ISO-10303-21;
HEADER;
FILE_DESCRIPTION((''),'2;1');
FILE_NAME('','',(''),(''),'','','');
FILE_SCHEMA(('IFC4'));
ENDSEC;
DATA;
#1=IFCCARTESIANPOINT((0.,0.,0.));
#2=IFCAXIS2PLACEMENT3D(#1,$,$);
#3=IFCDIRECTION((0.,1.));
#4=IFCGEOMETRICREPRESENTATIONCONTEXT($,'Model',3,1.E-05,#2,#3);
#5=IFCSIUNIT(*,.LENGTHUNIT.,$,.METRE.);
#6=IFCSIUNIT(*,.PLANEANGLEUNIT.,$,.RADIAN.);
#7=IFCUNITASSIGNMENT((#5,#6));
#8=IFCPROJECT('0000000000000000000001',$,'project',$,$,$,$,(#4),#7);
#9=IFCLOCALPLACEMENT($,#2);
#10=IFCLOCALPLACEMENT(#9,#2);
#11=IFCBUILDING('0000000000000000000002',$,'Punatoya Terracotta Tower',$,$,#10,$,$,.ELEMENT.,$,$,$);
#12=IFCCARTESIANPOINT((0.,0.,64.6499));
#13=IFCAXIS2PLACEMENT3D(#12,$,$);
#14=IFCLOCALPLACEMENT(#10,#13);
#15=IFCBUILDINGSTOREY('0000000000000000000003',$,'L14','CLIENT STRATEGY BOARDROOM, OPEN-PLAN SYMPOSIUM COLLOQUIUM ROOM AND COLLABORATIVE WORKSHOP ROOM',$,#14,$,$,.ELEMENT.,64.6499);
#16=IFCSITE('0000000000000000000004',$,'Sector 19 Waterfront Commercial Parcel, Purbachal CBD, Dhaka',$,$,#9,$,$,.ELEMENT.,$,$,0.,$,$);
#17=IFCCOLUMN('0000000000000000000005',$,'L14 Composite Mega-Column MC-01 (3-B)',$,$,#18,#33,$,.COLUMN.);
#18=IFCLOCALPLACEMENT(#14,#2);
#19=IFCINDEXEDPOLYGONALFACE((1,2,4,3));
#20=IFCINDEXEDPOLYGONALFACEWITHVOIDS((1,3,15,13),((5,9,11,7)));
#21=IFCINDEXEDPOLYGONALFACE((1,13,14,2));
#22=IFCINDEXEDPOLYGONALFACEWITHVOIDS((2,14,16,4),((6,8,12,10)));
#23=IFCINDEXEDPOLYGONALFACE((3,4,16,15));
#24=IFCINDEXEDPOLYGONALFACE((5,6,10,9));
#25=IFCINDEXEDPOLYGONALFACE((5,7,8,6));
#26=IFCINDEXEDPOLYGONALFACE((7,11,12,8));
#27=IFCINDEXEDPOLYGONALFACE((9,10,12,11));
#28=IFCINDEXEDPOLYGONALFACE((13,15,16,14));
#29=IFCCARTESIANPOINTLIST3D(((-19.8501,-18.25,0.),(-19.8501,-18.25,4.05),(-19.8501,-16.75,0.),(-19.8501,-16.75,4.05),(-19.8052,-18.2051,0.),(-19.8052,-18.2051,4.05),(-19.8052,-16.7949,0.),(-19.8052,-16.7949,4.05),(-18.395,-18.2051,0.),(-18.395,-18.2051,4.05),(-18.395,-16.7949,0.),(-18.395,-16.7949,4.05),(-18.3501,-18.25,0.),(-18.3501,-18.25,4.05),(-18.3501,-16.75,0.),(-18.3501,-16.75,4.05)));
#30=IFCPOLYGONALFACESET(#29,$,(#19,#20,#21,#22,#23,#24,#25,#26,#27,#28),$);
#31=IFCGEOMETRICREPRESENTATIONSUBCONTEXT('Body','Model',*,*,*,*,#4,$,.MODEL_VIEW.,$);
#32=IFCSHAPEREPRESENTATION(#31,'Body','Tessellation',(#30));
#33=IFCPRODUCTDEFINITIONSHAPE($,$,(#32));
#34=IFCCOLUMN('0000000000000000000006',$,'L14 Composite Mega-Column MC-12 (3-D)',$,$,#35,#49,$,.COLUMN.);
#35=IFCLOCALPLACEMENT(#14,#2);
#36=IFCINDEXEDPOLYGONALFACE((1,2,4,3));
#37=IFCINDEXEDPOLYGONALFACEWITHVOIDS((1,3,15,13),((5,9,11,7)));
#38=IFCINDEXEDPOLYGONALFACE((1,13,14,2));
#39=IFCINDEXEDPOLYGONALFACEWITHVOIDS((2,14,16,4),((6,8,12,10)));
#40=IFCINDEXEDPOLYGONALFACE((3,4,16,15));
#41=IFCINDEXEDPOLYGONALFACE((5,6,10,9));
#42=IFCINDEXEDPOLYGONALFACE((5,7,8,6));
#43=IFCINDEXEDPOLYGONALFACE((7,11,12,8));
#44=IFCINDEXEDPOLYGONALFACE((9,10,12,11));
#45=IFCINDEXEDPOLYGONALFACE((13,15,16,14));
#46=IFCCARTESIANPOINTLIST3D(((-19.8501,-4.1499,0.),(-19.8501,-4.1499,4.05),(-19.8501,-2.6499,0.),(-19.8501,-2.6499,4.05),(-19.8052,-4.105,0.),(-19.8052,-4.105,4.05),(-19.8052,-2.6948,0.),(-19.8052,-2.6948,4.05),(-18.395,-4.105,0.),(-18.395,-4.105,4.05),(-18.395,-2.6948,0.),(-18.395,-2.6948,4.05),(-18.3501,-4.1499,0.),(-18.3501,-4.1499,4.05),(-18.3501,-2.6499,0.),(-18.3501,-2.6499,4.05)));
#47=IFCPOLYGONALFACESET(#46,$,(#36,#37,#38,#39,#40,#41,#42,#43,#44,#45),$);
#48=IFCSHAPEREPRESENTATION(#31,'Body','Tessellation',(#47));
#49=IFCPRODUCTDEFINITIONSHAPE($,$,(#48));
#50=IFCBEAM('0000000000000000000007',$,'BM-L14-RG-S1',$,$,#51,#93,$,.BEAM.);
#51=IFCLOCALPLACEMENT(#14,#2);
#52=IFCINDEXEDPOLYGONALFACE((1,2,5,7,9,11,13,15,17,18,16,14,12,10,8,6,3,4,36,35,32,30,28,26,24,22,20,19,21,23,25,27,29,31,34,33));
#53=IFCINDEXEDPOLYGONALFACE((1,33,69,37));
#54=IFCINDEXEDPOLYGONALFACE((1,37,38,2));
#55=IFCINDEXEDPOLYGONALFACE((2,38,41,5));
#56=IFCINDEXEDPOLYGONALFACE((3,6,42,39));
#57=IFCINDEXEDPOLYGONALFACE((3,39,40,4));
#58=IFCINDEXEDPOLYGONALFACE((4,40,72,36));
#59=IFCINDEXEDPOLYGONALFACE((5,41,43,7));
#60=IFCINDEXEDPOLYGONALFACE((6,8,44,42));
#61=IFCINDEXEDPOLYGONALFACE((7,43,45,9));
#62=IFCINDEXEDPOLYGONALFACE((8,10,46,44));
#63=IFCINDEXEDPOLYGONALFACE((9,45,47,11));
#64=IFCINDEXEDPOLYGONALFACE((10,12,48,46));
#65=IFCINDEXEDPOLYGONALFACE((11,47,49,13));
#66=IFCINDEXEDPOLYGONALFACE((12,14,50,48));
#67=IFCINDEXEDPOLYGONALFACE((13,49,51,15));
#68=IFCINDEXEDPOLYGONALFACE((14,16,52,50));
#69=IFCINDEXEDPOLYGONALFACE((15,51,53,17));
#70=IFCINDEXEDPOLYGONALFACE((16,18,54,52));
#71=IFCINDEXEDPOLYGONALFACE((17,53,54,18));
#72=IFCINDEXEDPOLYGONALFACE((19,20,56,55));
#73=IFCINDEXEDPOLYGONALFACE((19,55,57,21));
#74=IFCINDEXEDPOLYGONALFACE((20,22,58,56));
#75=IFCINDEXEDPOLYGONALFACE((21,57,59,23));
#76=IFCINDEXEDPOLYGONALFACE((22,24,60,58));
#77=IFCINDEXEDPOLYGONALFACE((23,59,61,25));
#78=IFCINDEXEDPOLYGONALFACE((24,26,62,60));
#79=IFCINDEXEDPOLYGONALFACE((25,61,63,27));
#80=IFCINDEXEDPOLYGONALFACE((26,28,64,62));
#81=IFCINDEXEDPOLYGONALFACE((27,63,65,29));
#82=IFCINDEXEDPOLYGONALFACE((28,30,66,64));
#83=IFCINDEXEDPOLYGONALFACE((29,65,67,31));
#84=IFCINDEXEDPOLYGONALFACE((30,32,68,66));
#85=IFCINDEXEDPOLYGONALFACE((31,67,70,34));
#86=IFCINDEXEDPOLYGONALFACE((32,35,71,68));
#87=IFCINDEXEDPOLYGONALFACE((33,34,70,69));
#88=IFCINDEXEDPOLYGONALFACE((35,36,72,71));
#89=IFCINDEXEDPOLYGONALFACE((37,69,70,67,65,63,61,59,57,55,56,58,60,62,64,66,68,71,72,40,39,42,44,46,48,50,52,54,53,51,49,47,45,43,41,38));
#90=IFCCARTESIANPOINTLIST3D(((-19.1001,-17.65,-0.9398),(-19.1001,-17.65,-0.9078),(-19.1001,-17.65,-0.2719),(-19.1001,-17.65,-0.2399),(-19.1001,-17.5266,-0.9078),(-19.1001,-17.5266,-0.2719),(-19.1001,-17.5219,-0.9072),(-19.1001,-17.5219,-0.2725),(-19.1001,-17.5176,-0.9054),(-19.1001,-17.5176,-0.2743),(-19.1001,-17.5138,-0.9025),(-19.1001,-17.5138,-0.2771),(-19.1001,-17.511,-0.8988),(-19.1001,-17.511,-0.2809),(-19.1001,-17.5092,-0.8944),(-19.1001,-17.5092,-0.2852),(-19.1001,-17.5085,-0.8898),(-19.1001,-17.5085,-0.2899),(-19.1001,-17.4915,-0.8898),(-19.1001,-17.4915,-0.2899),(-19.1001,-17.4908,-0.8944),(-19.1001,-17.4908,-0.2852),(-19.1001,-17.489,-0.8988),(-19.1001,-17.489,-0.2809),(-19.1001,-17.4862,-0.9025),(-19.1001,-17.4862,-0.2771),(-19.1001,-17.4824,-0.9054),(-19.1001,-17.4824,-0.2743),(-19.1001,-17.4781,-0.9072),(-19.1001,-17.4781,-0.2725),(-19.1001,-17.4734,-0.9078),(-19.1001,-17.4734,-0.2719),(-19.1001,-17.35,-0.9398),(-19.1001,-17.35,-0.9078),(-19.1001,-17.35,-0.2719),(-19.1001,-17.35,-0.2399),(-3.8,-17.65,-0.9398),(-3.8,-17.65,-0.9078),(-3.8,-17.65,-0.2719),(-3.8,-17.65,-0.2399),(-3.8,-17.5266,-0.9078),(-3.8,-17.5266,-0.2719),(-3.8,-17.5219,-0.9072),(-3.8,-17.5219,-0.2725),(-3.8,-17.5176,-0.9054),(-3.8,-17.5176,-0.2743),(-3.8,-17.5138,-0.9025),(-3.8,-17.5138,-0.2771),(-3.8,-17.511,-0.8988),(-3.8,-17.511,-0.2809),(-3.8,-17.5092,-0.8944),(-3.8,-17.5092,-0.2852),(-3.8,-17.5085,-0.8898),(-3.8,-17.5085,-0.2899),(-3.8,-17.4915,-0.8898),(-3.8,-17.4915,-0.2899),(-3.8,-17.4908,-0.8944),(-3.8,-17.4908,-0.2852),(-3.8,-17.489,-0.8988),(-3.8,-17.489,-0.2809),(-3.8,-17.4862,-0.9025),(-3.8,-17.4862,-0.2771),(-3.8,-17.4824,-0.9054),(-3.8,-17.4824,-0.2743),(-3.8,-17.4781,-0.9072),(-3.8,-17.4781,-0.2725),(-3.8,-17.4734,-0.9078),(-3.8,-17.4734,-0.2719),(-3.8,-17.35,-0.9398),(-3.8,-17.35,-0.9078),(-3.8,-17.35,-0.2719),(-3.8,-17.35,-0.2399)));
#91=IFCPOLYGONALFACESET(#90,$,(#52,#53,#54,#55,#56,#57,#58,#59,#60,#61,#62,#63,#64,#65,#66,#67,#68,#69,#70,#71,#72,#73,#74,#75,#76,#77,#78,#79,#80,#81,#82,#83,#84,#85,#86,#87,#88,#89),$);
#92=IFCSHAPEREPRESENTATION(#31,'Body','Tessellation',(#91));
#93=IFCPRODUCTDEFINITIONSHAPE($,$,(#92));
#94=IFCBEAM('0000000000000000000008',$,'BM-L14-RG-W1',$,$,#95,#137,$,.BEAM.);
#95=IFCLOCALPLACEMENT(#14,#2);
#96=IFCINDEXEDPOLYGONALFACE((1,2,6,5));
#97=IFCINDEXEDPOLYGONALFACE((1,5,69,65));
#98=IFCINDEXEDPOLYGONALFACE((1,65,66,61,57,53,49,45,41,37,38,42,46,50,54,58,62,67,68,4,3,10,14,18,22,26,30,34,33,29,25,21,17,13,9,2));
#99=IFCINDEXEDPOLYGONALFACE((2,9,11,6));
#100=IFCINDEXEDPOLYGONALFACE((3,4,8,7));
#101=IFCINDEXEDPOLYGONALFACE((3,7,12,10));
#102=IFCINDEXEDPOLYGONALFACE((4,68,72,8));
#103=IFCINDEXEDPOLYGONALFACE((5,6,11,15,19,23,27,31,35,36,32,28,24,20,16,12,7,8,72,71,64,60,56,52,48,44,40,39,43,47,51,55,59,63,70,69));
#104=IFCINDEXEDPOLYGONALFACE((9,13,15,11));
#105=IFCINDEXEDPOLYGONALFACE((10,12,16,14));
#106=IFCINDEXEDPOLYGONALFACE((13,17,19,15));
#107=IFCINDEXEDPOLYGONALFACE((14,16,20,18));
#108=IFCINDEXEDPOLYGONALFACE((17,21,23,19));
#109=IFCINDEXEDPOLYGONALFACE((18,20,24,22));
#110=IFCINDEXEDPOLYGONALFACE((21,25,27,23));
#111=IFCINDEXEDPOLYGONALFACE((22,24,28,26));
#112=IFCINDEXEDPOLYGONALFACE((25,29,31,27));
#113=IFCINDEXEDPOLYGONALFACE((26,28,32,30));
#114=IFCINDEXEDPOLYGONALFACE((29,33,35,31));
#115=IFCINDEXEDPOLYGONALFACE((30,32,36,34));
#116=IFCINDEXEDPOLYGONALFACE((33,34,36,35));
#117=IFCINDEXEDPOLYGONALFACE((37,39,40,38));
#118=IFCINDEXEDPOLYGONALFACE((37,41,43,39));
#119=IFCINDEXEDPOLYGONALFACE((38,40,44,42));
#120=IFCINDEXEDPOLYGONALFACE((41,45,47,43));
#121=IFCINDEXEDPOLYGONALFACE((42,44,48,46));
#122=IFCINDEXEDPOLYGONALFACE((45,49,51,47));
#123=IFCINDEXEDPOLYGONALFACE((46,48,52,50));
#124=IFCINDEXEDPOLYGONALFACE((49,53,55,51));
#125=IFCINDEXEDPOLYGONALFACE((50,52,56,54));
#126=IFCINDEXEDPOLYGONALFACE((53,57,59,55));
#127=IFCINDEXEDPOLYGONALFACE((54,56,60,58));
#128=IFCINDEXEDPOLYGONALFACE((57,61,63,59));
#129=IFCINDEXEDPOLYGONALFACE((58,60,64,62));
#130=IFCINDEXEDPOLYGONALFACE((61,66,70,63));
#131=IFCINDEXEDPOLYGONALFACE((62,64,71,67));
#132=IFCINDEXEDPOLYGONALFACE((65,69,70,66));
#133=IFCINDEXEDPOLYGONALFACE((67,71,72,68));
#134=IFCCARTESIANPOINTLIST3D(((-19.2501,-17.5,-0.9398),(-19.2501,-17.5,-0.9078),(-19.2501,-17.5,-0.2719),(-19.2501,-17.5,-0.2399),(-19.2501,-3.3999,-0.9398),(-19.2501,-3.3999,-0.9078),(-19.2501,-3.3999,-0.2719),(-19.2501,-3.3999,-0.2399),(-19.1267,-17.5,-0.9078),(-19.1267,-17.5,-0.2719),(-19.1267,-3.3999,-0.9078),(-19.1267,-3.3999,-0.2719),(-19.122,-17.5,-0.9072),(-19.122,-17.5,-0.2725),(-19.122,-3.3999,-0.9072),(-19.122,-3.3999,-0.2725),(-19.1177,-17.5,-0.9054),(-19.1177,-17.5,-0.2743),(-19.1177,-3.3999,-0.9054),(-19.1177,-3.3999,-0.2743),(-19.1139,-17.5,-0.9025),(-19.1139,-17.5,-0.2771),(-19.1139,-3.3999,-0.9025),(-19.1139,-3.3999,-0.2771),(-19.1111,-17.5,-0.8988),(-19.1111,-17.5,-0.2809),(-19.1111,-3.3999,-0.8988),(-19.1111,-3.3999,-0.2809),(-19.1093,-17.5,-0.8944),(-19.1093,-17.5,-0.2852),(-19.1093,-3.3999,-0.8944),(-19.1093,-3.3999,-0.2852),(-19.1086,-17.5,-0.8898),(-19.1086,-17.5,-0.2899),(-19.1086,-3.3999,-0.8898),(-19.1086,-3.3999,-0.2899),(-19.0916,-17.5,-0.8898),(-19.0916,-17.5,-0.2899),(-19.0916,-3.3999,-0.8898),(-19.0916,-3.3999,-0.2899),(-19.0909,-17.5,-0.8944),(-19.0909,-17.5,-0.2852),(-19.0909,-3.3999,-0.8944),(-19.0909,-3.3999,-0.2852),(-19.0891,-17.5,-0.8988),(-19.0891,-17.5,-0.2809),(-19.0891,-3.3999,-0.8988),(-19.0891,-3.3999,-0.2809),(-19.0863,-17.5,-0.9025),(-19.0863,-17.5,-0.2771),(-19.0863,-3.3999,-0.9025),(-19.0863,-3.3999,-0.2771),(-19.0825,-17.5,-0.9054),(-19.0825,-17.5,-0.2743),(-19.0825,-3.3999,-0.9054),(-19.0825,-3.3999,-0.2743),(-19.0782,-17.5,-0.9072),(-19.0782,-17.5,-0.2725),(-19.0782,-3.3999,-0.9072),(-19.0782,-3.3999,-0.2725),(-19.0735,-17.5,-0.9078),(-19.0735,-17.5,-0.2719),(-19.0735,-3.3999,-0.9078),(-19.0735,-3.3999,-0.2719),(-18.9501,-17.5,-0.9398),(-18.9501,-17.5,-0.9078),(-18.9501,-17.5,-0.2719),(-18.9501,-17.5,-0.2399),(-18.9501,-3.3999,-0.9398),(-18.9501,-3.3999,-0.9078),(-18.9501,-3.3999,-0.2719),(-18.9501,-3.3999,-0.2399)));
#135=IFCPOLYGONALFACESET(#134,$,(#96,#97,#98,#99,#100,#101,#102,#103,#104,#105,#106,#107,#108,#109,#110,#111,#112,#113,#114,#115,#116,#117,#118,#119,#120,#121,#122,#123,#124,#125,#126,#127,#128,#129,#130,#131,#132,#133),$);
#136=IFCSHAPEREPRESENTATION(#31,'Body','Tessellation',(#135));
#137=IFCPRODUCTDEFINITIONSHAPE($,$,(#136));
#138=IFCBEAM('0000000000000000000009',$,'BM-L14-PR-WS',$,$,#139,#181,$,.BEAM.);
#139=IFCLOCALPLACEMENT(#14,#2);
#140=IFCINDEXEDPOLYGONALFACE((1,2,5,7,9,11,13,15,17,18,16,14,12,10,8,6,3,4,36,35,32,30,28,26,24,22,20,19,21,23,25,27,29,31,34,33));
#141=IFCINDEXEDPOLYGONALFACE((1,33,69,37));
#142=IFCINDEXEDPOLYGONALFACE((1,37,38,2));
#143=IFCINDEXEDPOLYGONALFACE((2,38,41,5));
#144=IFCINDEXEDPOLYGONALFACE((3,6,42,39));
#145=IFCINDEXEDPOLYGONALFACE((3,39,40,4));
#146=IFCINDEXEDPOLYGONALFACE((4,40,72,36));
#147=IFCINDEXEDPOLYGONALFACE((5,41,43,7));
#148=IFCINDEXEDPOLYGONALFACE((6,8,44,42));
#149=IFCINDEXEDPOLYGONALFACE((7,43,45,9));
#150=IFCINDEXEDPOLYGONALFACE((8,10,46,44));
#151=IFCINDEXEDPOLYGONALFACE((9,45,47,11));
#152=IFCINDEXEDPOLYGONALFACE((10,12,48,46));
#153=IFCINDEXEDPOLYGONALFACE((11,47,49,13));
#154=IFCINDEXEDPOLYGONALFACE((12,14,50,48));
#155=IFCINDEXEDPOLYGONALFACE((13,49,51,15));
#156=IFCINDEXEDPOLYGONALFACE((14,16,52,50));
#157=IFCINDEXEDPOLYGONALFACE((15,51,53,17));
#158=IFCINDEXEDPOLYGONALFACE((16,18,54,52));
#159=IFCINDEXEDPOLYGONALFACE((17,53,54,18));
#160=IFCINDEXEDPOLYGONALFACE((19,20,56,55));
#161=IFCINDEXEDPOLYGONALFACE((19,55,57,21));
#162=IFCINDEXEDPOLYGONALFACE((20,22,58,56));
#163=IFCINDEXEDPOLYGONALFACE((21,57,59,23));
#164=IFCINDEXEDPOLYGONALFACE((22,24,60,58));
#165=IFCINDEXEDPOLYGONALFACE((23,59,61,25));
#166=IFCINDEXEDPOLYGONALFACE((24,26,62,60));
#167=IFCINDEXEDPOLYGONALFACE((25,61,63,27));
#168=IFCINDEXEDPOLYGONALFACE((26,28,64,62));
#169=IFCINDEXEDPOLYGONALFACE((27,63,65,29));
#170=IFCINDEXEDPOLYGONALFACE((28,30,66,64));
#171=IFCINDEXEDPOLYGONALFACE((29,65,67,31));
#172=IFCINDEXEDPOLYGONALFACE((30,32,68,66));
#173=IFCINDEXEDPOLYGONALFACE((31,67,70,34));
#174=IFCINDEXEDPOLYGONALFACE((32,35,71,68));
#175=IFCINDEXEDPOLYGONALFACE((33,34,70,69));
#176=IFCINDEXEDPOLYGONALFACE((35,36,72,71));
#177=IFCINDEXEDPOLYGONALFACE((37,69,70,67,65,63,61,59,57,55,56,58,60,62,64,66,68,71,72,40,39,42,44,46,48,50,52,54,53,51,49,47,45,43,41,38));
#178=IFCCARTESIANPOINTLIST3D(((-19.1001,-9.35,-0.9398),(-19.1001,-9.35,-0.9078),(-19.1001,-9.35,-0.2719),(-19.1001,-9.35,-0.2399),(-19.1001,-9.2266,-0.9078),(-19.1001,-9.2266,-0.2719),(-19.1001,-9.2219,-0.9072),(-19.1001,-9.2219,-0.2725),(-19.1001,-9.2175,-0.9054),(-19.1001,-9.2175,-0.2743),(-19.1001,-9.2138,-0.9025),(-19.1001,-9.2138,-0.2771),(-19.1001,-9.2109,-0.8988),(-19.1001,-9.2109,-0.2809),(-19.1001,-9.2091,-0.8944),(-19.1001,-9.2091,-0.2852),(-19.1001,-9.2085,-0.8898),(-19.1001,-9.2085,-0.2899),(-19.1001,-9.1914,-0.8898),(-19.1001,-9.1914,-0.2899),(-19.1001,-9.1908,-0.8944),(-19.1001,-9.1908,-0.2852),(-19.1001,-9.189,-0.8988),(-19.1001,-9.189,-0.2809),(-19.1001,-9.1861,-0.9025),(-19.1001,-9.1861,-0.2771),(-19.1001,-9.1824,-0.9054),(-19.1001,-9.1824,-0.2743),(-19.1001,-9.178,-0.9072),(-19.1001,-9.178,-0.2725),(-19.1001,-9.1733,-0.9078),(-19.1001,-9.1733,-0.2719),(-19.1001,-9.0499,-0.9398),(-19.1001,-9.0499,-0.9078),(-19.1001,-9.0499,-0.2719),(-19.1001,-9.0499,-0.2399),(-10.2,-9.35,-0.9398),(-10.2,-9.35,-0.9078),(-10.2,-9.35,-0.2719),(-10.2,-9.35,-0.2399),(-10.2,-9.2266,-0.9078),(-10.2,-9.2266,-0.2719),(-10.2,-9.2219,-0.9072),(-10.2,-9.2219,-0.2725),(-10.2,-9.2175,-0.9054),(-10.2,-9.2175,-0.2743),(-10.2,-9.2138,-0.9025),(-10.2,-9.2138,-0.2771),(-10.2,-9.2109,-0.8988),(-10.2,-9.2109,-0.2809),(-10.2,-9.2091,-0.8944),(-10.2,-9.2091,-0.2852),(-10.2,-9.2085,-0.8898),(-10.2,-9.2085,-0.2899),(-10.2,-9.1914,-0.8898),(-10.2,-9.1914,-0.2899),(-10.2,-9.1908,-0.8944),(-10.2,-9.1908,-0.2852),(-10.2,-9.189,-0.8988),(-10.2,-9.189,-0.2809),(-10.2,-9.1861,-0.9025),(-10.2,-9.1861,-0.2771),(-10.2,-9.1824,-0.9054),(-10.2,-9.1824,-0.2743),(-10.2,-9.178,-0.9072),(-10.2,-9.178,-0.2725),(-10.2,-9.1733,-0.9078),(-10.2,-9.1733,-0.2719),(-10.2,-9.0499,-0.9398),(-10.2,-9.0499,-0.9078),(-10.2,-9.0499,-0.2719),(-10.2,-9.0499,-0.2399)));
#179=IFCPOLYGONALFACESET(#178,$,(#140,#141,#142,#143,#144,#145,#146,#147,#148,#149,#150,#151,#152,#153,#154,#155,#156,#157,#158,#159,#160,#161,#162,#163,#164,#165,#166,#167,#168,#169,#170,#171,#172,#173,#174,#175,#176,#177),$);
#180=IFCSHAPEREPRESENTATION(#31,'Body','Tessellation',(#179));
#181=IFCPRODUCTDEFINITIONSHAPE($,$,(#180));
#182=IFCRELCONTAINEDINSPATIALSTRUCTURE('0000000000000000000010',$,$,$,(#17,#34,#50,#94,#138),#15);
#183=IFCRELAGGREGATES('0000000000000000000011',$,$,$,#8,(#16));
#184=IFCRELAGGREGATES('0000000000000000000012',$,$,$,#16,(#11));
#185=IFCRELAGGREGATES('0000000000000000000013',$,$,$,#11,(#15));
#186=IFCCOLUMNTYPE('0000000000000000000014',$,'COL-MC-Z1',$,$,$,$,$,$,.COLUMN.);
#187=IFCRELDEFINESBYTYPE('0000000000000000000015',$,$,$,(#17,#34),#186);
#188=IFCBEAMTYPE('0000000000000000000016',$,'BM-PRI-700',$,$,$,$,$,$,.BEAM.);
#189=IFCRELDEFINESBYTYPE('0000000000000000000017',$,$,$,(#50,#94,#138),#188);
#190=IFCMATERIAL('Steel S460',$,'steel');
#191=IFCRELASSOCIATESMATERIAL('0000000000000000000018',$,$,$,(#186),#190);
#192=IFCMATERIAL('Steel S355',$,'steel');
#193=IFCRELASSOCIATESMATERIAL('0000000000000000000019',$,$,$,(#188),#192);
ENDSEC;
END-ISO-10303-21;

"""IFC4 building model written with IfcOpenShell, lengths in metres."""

from ifc_helpers import new_model, si_unit, direction, frame, origin, origin_2d, place, context, subcontext, project, spatial, hollow_rectangle, i_section, extrude, material, material_profile, profile_set, type_object, element, save


model = new_model("IFC4")

# Units and contexts
model_context = context("Model", 3, precision=1e-05, world=origin(), true_north=direction((0.0, 1.0)))
body_context = subcontext(model_context, "Body", "Model", "MODEL_VIEW")
ifc_project = project(units=[si_unit("LENGTHUNIT", "METRE"), si_unit("PLANEANGLEUNIT", "RADIAN")], contexts=[model_context])

# Site, building, storey
site_placement = place(None, origin())
site = spatial("IfcSite", under=ifc_project, at=site_placement, Name="Sector 19 Waterfront Commercial Parcel, Purbachal CBD, Dhaka", CompositionType="ELEMENT", RefElevation=0.0)
building_placement = place(site_placement, origin())
building = spatial("IfcBuilding", under=site, at=building_placement, Name="Punatoya Terracotta Tower", CompositionType="ELEMENT")
storey_placement = place(building_placement, frame((0.0, 0.0, 64.6499)))
storey = spatial("IfcBuildingStorey", under=building, at=storey_placement, Name="L14", Description="CLIENT STRATEGY BOARDROOM, OPEN-PLAN SYMPOSIUM COLLOQUIUM ROOM AND COLLABORATIVE WORKSHOP ROOM", CompositionType="ELEMENT", Elevation=64.6499)

# Columns
ifc_material_1 = material(Name="Steel S460", Category="steel")
ifc_material_profile_1 = material_profile(ifc_material_1, hollow_rectangle(XDim=1.5, YDim=1.5, WallThickness=0.0449, at=origin_2d()))
ifc_profile_set_1 = profile_set([ifc_material_profile_1], Name="Steel S460")
column_type = type_object("IfcColumnType", Name="COL-MC-Z1", PredefinedType="COLUMN", material=ifc_profile_set_1)
for number, where, z_axis, x_axis, name in (
    (1, (-19.1001, -17.5, 0.0), (0.0, 0.0, 1.0), (1.0, 0.0, 0.0), "L14 Composite Mega-Column MC-01 (3-B)"),
    (2, (-19.1001, -3.3999, 0.0), (0.0, 0.0, 1.0), (1.0, 0.0, 0.0), "L14 Composite Mega-Column MC-12 (3-D)"),
):
    element("IfcColumn", number, at=place(storey_placement, frame(where, z_axis=z_axis, x_axis=x_axis)), inside=storey, type_object=column_type, Name=name, PredefinedType="COLUMN", context=body_context, shape_type="SweptSolid", body=[
        extrude(hollow_rectangle(XDim=1.5, YDim=1.5, WallThickness=0.0449, at=origin_2d()), origin(), (0.0, 0.0, 1.0), 4.05),
    ])

# Beams
ifc_material_2 = material(Name="Steel S355", Category="steel")
ifc_material_profile_2 = material_profile(ifc_material_2, i_section(OverallWidth=0.3, OverallDepth=0.7, WebThickness=0.0171, FlangeThickness=0.032, FilletRadius=0.0181, at=origin_2d()))
ifc_profile_set_2 = profile_set([ifc_material_profile_2], Name="Steel S355")
beam_type_1 = type_object("IfcBeamType", Name="BM-PRI-700", PredefinedType="BEAM", material=ifc_profile_set_2)
beam_1_placement = place(storey_placement, frame((-19.1001, -17.5, -0.5898), z_axis=(1.0, 0.0, 0.0), x_axis=(0.0, 1.0, 0.0)))
element("IfcBeam", 3, at=beam_1_placement, inside=storey, type_object=beam_type_1, Name="BM-L14-RG-S1", PredefinedType="BEAM", context=body_context, shape_type="SweptSolid", body=[
    extrude(i_section(OverallWidth=0.3, OverallDepth=0.7, WebThickness=0.0171, FlangeThickness=0.032, FilletRadius=0.0181, at=origin_2d()), origin(), (0.0, 0.0, 1.0), 15.3),
])
beam_2_placement = place(storey_placement, frame((-19.1001, -17.5, -0.5898), z_axis=(0.0, 1.0, 0.0), x_axis=(-1.0, 0.0, 0.0)))
element("IfcBeam", 4, at=beam_2_placement, inside=storey, type_object=beam_type_1, Name="BM-L14-RG-W1", PredefinedType="BEAM", context=body_context, shape_type="SweptSolid", body=[
    extrude(i_section(OverallWidth=0.3, OverallDepth=0.7, WebThickness=0.0171, FlangeThickness=0.032, FilletRadius=0.0181, at=origin_2d()), origin(), (0.0, 0.0, 1.0), 14.1001),
])
beam_3_placement = place(storey_placement, frame((-19.1001, -9.2, -0.5898), z_axis=(1.0, 0.0, 0.0), x_axis=(0.0, 1.0, 0.0)))
element("IfcBeam", 5, at=beam_3_placement, inside=storey, type_object=beam_type_1, Name="BM-L14-PR-WS", PredefinedType="BEAM", context=body_context, shape_type="SweptSolid", body=[
    extrude(i_section(OverallWidth=0.3, OverallDepth=0.7, WebThickness=0.0171, FlangeThickness=0.032, FilletRadius=0.0181, at=origin_2d()), origin(), (0.0, 0.0, 1.0), 8.9001),
])

save(model, "model.ifc")
